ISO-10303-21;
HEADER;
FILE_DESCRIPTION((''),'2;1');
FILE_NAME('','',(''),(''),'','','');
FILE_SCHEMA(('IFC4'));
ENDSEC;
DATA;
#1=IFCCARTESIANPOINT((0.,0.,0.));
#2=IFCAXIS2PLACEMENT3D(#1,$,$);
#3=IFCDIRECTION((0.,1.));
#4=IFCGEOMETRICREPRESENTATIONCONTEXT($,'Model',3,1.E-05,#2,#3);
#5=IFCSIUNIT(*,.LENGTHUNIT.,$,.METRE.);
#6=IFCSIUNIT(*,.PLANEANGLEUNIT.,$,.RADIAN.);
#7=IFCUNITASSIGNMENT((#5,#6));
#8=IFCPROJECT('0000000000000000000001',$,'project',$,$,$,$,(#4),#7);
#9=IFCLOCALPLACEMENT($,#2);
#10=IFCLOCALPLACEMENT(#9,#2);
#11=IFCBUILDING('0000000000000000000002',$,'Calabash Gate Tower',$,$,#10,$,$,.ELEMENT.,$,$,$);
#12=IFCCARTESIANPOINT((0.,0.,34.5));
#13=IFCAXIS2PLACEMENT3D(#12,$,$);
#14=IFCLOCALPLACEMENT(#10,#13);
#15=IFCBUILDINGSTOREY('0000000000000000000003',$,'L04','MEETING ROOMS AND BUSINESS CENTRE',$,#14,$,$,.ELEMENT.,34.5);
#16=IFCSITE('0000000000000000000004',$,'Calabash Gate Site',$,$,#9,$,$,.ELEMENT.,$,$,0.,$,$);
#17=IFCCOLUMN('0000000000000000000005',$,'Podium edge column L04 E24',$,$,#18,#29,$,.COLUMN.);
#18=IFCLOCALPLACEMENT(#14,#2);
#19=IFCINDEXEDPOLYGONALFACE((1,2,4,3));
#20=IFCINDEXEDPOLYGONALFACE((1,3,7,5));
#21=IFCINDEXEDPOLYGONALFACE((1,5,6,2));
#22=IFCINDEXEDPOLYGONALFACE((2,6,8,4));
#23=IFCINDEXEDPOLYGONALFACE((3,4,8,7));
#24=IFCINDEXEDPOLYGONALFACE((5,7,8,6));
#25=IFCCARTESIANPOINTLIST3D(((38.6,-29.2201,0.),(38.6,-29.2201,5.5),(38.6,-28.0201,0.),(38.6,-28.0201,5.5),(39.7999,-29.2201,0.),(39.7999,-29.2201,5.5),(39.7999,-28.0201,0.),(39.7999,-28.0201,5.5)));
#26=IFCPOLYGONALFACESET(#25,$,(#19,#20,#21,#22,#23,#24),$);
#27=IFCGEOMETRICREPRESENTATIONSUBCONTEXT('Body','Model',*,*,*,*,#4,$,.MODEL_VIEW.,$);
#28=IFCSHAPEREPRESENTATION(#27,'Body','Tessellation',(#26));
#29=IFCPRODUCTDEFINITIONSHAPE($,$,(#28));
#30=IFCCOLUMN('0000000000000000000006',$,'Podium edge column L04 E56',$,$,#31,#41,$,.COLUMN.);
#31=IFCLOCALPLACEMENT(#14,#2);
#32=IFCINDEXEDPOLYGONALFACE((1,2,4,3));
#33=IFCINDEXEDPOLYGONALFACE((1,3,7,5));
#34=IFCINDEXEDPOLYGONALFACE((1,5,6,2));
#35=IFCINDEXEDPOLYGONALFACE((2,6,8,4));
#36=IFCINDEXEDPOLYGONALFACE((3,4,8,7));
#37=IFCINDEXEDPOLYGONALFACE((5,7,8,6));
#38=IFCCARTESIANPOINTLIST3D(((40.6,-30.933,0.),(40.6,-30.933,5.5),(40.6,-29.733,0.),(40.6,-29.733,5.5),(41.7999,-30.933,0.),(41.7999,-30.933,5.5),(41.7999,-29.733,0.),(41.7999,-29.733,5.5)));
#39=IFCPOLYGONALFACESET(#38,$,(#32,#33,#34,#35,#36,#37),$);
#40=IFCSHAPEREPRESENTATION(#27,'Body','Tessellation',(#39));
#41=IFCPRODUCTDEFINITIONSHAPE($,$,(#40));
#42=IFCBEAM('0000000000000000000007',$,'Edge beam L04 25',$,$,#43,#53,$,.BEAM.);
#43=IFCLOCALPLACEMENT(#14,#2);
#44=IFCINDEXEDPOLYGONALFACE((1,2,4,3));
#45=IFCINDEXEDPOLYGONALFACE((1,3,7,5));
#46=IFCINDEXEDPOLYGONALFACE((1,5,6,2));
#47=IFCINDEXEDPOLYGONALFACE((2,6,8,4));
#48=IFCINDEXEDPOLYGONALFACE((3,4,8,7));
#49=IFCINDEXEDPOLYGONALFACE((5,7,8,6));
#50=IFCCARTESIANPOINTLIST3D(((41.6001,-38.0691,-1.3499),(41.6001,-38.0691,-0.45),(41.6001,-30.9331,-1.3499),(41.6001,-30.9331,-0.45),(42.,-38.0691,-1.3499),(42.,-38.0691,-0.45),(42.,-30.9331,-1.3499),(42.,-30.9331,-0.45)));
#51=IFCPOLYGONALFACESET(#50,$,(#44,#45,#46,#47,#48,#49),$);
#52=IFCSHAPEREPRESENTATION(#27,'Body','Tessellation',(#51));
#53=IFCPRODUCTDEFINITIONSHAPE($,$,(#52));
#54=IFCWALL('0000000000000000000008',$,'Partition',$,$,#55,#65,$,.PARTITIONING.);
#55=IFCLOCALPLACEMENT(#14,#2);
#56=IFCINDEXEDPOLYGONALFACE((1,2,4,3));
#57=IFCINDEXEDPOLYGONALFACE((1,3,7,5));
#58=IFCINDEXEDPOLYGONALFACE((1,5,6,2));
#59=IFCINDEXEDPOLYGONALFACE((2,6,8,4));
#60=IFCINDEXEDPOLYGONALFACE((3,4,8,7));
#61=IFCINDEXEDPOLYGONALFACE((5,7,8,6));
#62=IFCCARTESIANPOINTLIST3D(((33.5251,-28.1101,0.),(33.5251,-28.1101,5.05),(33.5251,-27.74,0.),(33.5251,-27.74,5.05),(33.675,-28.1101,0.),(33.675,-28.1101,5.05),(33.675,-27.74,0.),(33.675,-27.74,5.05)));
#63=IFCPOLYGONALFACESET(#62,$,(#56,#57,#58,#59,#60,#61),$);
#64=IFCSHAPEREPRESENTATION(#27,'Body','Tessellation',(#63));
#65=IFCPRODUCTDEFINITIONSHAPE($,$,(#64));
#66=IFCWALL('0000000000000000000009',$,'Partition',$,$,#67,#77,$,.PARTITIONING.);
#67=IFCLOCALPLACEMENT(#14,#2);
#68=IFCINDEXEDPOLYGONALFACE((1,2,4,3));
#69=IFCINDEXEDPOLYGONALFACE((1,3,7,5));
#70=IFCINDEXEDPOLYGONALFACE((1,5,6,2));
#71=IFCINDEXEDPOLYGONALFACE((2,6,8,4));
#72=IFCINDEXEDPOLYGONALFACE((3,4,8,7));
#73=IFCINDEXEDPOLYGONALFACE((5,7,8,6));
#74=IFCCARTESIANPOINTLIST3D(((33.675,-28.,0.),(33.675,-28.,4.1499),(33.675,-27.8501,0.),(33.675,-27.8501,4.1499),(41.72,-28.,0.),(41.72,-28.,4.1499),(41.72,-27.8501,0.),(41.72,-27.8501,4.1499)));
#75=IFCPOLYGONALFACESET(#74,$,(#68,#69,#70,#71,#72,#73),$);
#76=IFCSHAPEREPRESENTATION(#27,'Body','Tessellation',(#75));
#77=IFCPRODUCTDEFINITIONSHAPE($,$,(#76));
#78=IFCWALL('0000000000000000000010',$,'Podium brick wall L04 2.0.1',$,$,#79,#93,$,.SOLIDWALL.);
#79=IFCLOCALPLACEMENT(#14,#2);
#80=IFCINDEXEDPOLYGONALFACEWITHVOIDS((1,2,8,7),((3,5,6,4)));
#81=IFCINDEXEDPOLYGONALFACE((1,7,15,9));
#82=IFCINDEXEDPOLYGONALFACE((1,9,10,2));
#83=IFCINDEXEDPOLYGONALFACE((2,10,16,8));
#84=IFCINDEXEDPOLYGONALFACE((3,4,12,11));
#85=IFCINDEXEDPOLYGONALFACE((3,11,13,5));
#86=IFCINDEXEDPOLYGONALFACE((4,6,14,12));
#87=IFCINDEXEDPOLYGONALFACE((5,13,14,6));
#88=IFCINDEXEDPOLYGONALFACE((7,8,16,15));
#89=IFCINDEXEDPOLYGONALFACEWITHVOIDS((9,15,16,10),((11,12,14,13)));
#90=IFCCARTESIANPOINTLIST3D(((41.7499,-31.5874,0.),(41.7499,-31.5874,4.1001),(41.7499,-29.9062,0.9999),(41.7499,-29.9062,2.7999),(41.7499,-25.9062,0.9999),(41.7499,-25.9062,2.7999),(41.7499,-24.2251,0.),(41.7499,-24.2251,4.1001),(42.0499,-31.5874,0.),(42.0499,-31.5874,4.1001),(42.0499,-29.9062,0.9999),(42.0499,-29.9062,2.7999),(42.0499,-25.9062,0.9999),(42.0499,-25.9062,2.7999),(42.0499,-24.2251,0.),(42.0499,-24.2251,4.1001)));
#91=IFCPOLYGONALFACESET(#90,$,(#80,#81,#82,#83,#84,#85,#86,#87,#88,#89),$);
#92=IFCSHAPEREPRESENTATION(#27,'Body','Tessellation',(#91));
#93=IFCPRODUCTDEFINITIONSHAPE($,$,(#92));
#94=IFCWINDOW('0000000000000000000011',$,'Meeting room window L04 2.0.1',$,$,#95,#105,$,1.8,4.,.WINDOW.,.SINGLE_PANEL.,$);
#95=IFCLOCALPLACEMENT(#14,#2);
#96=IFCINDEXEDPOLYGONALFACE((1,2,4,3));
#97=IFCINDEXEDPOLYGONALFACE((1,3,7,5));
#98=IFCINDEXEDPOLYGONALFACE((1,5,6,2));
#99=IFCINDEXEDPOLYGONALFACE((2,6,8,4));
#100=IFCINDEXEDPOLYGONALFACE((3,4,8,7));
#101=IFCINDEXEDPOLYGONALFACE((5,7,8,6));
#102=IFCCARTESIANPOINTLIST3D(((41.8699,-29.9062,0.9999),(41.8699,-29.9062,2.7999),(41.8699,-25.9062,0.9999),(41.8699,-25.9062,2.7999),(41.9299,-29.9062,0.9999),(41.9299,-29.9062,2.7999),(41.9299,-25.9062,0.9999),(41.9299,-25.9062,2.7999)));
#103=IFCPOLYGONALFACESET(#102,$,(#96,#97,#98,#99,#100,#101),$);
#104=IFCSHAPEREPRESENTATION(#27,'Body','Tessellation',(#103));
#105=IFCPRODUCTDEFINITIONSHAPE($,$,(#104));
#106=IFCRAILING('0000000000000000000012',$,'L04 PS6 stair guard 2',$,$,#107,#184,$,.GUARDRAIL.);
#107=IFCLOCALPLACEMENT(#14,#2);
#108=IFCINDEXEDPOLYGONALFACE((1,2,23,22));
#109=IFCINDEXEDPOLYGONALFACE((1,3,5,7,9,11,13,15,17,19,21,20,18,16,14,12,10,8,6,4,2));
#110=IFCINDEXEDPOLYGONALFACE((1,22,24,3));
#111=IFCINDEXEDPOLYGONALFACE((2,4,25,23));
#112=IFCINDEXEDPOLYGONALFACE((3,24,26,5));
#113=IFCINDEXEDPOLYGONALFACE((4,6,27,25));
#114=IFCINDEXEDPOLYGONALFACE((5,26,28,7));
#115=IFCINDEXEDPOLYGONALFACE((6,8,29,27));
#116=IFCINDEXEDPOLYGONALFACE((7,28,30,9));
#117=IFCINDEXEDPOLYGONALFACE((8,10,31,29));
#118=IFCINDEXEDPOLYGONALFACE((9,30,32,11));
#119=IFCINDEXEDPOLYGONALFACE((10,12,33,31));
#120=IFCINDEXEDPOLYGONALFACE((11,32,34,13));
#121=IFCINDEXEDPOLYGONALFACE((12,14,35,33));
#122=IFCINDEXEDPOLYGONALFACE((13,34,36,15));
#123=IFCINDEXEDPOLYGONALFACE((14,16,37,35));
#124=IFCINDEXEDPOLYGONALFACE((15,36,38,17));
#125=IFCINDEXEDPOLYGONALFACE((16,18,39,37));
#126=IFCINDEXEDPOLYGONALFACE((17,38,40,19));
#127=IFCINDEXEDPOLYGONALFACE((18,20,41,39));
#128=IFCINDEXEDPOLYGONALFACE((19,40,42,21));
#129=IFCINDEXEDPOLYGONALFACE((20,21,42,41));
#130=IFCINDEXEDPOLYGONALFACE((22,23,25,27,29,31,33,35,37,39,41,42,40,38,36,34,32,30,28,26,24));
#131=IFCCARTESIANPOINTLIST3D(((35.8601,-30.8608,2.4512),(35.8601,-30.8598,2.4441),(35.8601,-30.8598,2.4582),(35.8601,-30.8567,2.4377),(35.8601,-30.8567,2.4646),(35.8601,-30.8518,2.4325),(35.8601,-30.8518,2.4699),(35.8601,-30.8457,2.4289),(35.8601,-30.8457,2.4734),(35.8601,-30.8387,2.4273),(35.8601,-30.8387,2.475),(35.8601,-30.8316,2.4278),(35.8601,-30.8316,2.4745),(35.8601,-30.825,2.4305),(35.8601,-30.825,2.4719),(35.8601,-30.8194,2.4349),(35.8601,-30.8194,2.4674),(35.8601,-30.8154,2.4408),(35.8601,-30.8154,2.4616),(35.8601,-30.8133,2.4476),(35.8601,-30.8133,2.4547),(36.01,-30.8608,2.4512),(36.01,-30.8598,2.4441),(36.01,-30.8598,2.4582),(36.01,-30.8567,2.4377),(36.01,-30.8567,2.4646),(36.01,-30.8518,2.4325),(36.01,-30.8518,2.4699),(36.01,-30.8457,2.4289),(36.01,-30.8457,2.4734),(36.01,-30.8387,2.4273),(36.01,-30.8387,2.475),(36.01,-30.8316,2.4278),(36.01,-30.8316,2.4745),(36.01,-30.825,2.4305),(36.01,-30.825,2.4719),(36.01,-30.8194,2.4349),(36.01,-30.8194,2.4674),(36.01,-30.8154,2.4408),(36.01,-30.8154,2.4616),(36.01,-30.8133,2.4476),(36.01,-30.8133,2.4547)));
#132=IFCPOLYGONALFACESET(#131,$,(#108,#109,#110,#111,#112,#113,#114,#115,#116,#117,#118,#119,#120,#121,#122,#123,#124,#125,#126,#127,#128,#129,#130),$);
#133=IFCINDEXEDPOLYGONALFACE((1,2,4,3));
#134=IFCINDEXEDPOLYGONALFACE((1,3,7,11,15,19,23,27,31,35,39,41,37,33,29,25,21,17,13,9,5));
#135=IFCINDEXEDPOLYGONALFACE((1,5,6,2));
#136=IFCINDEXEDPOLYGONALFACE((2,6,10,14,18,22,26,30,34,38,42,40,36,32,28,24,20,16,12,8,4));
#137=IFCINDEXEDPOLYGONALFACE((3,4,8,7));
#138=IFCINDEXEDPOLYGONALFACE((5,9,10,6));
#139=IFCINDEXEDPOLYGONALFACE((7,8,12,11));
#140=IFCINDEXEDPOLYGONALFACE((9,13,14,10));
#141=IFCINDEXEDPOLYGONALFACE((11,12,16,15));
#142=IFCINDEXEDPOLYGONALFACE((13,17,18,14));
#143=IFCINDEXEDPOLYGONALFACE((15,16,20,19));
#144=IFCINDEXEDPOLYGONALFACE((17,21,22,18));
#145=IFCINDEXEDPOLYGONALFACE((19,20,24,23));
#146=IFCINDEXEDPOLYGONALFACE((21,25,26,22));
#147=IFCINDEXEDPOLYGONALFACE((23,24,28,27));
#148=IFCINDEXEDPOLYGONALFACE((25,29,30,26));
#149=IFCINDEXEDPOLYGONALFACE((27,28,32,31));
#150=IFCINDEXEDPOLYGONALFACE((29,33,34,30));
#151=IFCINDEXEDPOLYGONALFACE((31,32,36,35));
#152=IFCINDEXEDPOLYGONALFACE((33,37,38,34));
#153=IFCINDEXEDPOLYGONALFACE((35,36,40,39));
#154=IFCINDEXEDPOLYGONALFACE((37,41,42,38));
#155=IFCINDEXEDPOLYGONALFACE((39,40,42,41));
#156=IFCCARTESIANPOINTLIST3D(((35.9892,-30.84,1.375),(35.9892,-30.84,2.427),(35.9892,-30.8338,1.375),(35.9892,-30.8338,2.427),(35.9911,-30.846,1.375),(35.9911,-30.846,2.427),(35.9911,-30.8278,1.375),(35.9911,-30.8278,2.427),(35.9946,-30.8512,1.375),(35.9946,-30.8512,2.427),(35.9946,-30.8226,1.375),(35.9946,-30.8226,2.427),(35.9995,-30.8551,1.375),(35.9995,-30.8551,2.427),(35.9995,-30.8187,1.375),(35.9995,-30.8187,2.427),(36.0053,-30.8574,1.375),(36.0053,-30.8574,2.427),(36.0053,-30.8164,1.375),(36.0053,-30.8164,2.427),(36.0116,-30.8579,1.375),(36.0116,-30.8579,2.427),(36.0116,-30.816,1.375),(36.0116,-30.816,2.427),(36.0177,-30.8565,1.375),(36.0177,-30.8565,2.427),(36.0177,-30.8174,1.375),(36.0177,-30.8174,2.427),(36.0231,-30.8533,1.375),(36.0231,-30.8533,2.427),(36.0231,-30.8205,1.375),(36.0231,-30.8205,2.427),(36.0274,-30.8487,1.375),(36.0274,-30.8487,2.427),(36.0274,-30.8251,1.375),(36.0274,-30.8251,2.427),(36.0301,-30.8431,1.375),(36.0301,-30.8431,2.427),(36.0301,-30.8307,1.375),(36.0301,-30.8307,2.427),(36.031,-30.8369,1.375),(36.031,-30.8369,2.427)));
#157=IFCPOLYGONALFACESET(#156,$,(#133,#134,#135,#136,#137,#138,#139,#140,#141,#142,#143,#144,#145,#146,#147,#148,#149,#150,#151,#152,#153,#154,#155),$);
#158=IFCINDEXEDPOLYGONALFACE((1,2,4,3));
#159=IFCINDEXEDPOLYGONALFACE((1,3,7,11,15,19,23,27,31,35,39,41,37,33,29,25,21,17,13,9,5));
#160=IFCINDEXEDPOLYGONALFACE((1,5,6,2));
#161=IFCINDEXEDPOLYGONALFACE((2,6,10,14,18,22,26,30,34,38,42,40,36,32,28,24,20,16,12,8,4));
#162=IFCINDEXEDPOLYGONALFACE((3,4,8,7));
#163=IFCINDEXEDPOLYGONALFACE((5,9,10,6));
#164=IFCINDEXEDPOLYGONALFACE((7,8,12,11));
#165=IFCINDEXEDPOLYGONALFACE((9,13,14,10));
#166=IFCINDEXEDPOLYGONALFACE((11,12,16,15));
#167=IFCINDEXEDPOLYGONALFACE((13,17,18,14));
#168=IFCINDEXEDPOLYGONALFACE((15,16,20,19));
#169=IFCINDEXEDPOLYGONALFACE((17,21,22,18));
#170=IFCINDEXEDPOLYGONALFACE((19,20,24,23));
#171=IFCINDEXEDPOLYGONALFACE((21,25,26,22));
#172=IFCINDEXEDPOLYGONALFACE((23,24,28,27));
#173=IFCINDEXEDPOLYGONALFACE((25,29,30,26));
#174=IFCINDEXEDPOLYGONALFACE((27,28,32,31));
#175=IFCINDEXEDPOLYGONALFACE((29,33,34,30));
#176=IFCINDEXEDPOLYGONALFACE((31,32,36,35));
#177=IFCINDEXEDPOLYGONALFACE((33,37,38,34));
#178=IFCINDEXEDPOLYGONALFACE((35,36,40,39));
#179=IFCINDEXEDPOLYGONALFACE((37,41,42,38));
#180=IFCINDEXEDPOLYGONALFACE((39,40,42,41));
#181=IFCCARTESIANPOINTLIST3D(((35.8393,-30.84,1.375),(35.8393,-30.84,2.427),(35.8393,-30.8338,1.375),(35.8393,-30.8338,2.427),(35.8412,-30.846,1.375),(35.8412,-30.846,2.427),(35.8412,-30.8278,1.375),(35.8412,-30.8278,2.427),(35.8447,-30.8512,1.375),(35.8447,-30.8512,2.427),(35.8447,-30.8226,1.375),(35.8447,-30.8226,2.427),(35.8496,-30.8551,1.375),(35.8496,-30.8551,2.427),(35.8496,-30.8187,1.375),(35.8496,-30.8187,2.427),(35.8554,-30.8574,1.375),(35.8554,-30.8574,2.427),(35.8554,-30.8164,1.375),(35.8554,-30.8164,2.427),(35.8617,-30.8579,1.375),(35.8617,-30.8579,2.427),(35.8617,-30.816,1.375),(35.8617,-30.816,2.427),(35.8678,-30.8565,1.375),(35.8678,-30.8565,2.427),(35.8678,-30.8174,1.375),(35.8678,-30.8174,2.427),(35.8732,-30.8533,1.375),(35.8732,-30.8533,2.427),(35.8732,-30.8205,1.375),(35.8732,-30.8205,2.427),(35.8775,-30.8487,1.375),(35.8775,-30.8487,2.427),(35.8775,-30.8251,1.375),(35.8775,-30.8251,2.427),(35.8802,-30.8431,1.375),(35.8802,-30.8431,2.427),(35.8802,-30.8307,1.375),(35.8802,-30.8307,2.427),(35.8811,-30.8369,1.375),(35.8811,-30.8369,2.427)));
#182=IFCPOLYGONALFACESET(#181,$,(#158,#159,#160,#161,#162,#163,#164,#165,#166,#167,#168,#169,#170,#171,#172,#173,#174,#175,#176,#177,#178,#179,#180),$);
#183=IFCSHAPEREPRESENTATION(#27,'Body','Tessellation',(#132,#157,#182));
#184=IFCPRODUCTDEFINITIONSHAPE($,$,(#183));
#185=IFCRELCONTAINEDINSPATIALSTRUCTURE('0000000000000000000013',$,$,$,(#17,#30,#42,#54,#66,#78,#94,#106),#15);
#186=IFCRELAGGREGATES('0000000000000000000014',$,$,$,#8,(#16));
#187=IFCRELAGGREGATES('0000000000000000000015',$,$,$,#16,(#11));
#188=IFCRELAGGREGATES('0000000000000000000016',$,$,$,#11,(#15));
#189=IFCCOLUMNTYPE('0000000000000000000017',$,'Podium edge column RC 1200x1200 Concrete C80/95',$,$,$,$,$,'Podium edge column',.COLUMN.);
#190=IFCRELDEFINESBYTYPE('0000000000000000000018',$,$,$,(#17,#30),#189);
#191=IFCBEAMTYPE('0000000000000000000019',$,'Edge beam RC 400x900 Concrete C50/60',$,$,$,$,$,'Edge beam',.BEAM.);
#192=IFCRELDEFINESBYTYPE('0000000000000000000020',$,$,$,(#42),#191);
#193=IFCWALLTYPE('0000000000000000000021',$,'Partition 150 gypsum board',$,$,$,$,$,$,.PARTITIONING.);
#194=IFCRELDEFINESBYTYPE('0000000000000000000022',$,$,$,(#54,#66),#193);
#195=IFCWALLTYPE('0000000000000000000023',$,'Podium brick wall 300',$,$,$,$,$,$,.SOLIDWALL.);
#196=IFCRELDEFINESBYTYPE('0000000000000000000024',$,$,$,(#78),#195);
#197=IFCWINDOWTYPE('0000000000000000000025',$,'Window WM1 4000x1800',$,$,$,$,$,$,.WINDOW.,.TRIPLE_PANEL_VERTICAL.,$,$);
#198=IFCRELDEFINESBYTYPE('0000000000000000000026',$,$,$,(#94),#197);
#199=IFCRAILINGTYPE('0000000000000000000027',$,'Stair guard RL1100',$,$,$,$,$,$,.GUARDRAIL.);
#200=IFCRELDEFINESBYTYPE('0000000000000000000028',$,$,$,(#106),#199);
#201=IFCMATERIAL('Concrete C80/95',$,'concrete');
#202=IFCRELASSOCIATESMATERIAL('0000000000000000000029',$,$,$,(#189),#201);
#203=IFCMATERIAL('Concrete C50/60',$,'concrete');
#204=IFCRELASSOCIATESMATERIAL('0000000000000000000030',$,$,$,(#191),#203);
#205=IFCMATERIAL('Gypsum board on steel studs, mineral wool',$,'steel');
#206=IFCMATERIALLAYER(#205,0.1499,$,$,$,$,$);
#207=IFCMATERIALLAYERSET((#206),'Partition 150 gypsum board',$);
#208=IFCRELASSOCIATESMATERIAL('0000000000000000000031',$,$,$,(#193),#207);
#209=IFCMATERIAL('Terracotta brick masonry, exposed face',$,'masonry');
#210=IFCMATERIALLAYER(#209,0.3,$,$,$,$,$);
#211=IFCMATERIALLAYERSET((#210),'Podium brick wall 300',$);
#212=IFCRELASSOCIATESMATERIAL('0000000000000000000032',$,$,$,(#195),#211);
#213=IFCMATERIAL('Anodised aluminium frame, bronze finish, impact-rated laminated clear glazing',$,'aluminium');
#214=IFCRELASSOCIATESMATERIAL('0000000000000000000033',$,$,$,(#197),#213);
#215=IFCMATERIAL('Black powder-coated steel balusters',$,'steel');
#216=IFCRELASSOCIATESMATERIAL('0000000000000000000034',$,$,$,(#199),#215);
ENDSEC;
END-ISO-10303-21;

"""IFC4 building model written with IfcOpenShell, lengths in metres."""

from ifc_helpers import new_model, si_unit, direction, frame, frame_2d, origin, origin_2d, place, context, subcontext, project, spatial, rectangle, circle, extrude, material, layer, layer_set, material_profile, profile_set, type_object, element, fill, save


model = new_model("IFC4")

# Units and contexts
model_context = context("Model", 3, precision=1e-05, world=origin(), true_north=direction((0.0, 1.0)))
body_context = subcontext(model_context, "Body", "Model", "MODEL_VIEW")
ifc_project = project(units=[si_unit("LENGTHUNIT", "METRE"), si_unit("PLANEANGLEUNIT", "RADIAN")], contexts=[model_context])

# Site, building, storey
site_placement = place(None, origin())
site = spatial("IfcSite", under=ifc_project, at=site_placement, Name="Calabash Gate Site", CompositionType="ELEMENT", RefElevation=0.0)
building_placement = place(site_placement, origin())
building = spatial("IfcBuilding", under=site, at=building_placement, Name="Calabash Gate Tower", CompositionType="ELEMENT")
storey_placement = place(building_placement, frame((0.0, 0.0, 34.5)))
storey = spatial("IfcBuildingStorey", under=building, at=storey_placement, Name="L04", Description="MEETING ROOMS AND BUSINESS CENTRE", CompositionType="ELEMENT", Elevation=34.5)

# Columns
ifc_material_1 = material(Name="Concrete C80/95", Category="concrete")
ifc_material_profile_1 = material_profile(ifc_material_1, rectangle(XDim=1.2, YDim=1.2, at=origin_2d()))
ifc_profile_set_1 = profile_set([ifc_material_profile_1], Name="Concrete C80/95")
column_type = type_object("IfcColumnType", Name="Podium edge column RC 1200x1200 Concrete C80/95", ElementType="Podium edge column", PredefinedType="COLUMN", material=ifc_profile_set_1)
for number, where, z_axis, x_axis, name in (
    (1, (39.2, -28.6201, 0.0), (0.0, 0.0, 1.0), (1.0, 0.0, 0.0), "Podium edge column L04 E24"),
    (2, (41.2, -30.333, 0.0), (0.0, 0.0, 1.0), (1.0, 0.0, 0.0), "Podium edge column L04 E56"),
):
    element("IfcColumn", number, at=place(storey_placement, frame(where, z_axis=z_axis, x_axis=x_axis)), inside=storey, type_object=column_type, Name=name, PredefinedType="COLUMN", context=body_context, shape_type="SweptSolid", body=[
        extrude(rectangle(XDim=1.2, YDim=1.2, at=origin_2d()), origin(), (0.0, 0.0, 1.0), 5.5),
    ])

# Beam
ifc_material_2 = material(Name="Concrete C50/60", Category="concrete")
ifc_material_profile_2 = material_profile(ifc_material_2, rectangle(XDim=0.3999, YDim=0.8999, at=origin_2d()))
ifc_profile_set_2 = profile_set([ifc_material_profile_2], Name="Concrete C50/60")
beam_type = type_object("IfcBeamType", Name="Edge beam RC 400x900 Concrete C50/60", ElementType="Edge beam", PredefinedType="BEAM", material=ifc_profile_set_2)
beam_placement = place(storey_placement, frame((41.8, -30.9331, -0.8999), z_axis=(0.0, -1.0, 0.0), x_axis=(1.0, 0.0, 0.0)))
element("IfcBeam", 3, at=beam_placement, inside=storey, type_object=beam_type, Name="Edge beam L04 25", PredefinedType="BEAM", context=body_context, shape_type="SweptSolid", body=[
    extrude(rectangle(XDim=0.3999, YDim=0.8999, at=origin_2d()), origin(), (0.0, 0.0, 1.0), 7.136),
])

# Walls
ifc_material_3 = material(Name="Gypsum board on steel studs, mineral wool", Category="steel")
ifc_layer_1 = layer(ifc_material_3, 0.1499)
ifc_layer_set_1 = layer_set([ifc_layer_1], Name="Partition 150 gypsum board")
wall_type_1 = type_object("IfcWallType", Name="Partition 150 gypsum board", PredefinedType="PARTITIONING", material=ifc_layer_set_1)
wall_1_placement = place(storey_placement, frame((33.6001, -28.1101, 0.0), z_axis=(0.0, 0.0, 1.0), x_axis=(0.0, 1.0, 0.0)))
element("IfcWall", 4, at=wall_1_placement, inside=storey, type_object=wall_type_1, Name="Partition", PredefinedType="PARTITIONING", context=body_context, shape_type="SweptSolid", body=[
    extrude(rectangle(XDim=0.3701, YDim=0.1499, at=frame_2d((0.1851, 0.0))), origin(), (0.0, 0.0, 1.0), 5.05),
])
wall_2_placement = place(storey_placement, frame((33.675, -27.925, 0.0), z_axis=(0.0, 0.0, 1.0), x_axis=(1.0, 0.0, 0.0)))
element("IfcWall", 5, at=wall_2_placement, inside=storey, type_object=wall_type_1, Name="Partition", PredefinedType="PARTITIONING", context=body_context, shape_type="SweptSolid", body=[
    extrude(rectangle(XDim=8.0449, YDim=0.1499, at=frame_2d((4.0225, 0.0))), origin(), (0.0, 0.0, 1.0), 4.1499),
])

# Wall, opening, window
ifc_material_4 = material(Name="Terracotta brick masonry, exposed face", Category="masonry")
ifc_layer_2 = layer(ifc_material_4, 0.3)
ifc_layer_set_2 = layer_set([ifc_layer_2], Name="Podium brick wall 300")
wall_type_2 = type_object("IfcWallType", Name="Podium brick wall 300", PredefinedType="SOLIDWALL", material=ifc_layer_set_2)
wall_3_placement = place(storey_placement, frame((41.8999, -31.5874, 0.0), z_axis=(0.0, 0.0, 1.0), x_axis=(0.0, 1.0, 0.0)))
wall_3 = element("IfcWall", 6, at=wall_3_placement, inside=storey, type_object=wall_type_2, Name="Podium brick wall L04 2.0.1", PredefinedType="SOLIDWALL", context=body_context, shape_type="SweptSolid", body=[
    extrude(rectangle(XDim=7.3623, YDim=0.3, at=frame_2d((3.6812, 0.0))), origin(), (0.0, 0.0, 1.0), 4.1001),
])
opening_1_placement = place(wall_3_placement, frame((1.6812, 0.0, 1.0)))
opening_1 = element("IfcOpeningElement", 7, at=opening_1_placement, cuts=wall_3, PredefinedType="OPENING", context=body_context, shape_type="SweptSolid", body=[
    extrude(rectangle(XDim=4.0, YDim=1.8, at=frame_2d((2.0, 0.8999))), frame((0.0, 0.1599, 0.0), z_axis=(0.0, -1.0, 0.0), x_axis=(1.0, 0.0, 0.0)), (0.0, 0.0, 1.0), 0.3201),
])
ifc_material_5 = material(Name="Anodised aluminium frame, bronze finish, impact-rated laminated clear glazing", Category="aluminium")
window_type = type_object("IfcWindowType", Name="Window WM1 4000x1800", PartitioningType="TRIPLE_PANEL_VERTICAL", PredefinedType="WINDOW", material=ifc_material_5)
window_placement = place(opening_1_placement, origin())
window = element("IfcWindow", 8, at=window_placement, inside=storey, type_object=window_type, Name="Meeting room window L04 2.0.1", OverallHeight=1.8, OverallWidth=4.0, PartitioningType="SINGLE_PANEL", PredefinedType="WINDOW", context=body_context, shape_type="SweptSolid", body=[
    extrude(rectangle(XDim=4.0, YDim=1.8, at=frame_2d((2.0, 0.8999))), frame((0.0, 0.03, 0.0), z_axis=(0.0, -1.0, 0.0), x_axis=(1.0, 0.0, 0.0)), (0.0, 0.0, 1.0), 0.0601),
])
fill(opening_1, window)

# Railing
ifc_material_6 = material(Name="Black powder-coated steel balusters", Category="steel")
railing_type_1 = type_object("IfcRailingType", Name="Stair guard RL1100", PredefinedType="GUARDRAIL", material=ifc_material_6)
railing_1_placement = place(storey_placement, frame((36.01, -30.8369, 1.375)))
element("IfcRailing", 9, at=railing_1_placement, inside=storey, type_object=railing_type_1, Name="L04 PS6 stair guard 2", PredefinedType="GUARDRAIL", context=body_context, shape_type="SweptSolid", body=[
    extrude(circle(Radius=0.0239, at=origin_2d()), frame((0.0, 0.0, 1.0762), z_axis=(-1.0, 0.0, 0.0), x_axis=(0.0, -1.0, 0.0)), (0.0, 0.0, 1.0), 0.1499),
    extrude(circle(Radius=0.021, at=origin_2d()), origin(), (0.0, 0.0, 1.0), 1.052),
    extrude(circle(Radius=0.021, at=origin_2d()), frame((-0.1499, 0.0, 0.0)), (0.0, 0.0, 1.0), 1.052),
])

save(model, "model.ifc")
